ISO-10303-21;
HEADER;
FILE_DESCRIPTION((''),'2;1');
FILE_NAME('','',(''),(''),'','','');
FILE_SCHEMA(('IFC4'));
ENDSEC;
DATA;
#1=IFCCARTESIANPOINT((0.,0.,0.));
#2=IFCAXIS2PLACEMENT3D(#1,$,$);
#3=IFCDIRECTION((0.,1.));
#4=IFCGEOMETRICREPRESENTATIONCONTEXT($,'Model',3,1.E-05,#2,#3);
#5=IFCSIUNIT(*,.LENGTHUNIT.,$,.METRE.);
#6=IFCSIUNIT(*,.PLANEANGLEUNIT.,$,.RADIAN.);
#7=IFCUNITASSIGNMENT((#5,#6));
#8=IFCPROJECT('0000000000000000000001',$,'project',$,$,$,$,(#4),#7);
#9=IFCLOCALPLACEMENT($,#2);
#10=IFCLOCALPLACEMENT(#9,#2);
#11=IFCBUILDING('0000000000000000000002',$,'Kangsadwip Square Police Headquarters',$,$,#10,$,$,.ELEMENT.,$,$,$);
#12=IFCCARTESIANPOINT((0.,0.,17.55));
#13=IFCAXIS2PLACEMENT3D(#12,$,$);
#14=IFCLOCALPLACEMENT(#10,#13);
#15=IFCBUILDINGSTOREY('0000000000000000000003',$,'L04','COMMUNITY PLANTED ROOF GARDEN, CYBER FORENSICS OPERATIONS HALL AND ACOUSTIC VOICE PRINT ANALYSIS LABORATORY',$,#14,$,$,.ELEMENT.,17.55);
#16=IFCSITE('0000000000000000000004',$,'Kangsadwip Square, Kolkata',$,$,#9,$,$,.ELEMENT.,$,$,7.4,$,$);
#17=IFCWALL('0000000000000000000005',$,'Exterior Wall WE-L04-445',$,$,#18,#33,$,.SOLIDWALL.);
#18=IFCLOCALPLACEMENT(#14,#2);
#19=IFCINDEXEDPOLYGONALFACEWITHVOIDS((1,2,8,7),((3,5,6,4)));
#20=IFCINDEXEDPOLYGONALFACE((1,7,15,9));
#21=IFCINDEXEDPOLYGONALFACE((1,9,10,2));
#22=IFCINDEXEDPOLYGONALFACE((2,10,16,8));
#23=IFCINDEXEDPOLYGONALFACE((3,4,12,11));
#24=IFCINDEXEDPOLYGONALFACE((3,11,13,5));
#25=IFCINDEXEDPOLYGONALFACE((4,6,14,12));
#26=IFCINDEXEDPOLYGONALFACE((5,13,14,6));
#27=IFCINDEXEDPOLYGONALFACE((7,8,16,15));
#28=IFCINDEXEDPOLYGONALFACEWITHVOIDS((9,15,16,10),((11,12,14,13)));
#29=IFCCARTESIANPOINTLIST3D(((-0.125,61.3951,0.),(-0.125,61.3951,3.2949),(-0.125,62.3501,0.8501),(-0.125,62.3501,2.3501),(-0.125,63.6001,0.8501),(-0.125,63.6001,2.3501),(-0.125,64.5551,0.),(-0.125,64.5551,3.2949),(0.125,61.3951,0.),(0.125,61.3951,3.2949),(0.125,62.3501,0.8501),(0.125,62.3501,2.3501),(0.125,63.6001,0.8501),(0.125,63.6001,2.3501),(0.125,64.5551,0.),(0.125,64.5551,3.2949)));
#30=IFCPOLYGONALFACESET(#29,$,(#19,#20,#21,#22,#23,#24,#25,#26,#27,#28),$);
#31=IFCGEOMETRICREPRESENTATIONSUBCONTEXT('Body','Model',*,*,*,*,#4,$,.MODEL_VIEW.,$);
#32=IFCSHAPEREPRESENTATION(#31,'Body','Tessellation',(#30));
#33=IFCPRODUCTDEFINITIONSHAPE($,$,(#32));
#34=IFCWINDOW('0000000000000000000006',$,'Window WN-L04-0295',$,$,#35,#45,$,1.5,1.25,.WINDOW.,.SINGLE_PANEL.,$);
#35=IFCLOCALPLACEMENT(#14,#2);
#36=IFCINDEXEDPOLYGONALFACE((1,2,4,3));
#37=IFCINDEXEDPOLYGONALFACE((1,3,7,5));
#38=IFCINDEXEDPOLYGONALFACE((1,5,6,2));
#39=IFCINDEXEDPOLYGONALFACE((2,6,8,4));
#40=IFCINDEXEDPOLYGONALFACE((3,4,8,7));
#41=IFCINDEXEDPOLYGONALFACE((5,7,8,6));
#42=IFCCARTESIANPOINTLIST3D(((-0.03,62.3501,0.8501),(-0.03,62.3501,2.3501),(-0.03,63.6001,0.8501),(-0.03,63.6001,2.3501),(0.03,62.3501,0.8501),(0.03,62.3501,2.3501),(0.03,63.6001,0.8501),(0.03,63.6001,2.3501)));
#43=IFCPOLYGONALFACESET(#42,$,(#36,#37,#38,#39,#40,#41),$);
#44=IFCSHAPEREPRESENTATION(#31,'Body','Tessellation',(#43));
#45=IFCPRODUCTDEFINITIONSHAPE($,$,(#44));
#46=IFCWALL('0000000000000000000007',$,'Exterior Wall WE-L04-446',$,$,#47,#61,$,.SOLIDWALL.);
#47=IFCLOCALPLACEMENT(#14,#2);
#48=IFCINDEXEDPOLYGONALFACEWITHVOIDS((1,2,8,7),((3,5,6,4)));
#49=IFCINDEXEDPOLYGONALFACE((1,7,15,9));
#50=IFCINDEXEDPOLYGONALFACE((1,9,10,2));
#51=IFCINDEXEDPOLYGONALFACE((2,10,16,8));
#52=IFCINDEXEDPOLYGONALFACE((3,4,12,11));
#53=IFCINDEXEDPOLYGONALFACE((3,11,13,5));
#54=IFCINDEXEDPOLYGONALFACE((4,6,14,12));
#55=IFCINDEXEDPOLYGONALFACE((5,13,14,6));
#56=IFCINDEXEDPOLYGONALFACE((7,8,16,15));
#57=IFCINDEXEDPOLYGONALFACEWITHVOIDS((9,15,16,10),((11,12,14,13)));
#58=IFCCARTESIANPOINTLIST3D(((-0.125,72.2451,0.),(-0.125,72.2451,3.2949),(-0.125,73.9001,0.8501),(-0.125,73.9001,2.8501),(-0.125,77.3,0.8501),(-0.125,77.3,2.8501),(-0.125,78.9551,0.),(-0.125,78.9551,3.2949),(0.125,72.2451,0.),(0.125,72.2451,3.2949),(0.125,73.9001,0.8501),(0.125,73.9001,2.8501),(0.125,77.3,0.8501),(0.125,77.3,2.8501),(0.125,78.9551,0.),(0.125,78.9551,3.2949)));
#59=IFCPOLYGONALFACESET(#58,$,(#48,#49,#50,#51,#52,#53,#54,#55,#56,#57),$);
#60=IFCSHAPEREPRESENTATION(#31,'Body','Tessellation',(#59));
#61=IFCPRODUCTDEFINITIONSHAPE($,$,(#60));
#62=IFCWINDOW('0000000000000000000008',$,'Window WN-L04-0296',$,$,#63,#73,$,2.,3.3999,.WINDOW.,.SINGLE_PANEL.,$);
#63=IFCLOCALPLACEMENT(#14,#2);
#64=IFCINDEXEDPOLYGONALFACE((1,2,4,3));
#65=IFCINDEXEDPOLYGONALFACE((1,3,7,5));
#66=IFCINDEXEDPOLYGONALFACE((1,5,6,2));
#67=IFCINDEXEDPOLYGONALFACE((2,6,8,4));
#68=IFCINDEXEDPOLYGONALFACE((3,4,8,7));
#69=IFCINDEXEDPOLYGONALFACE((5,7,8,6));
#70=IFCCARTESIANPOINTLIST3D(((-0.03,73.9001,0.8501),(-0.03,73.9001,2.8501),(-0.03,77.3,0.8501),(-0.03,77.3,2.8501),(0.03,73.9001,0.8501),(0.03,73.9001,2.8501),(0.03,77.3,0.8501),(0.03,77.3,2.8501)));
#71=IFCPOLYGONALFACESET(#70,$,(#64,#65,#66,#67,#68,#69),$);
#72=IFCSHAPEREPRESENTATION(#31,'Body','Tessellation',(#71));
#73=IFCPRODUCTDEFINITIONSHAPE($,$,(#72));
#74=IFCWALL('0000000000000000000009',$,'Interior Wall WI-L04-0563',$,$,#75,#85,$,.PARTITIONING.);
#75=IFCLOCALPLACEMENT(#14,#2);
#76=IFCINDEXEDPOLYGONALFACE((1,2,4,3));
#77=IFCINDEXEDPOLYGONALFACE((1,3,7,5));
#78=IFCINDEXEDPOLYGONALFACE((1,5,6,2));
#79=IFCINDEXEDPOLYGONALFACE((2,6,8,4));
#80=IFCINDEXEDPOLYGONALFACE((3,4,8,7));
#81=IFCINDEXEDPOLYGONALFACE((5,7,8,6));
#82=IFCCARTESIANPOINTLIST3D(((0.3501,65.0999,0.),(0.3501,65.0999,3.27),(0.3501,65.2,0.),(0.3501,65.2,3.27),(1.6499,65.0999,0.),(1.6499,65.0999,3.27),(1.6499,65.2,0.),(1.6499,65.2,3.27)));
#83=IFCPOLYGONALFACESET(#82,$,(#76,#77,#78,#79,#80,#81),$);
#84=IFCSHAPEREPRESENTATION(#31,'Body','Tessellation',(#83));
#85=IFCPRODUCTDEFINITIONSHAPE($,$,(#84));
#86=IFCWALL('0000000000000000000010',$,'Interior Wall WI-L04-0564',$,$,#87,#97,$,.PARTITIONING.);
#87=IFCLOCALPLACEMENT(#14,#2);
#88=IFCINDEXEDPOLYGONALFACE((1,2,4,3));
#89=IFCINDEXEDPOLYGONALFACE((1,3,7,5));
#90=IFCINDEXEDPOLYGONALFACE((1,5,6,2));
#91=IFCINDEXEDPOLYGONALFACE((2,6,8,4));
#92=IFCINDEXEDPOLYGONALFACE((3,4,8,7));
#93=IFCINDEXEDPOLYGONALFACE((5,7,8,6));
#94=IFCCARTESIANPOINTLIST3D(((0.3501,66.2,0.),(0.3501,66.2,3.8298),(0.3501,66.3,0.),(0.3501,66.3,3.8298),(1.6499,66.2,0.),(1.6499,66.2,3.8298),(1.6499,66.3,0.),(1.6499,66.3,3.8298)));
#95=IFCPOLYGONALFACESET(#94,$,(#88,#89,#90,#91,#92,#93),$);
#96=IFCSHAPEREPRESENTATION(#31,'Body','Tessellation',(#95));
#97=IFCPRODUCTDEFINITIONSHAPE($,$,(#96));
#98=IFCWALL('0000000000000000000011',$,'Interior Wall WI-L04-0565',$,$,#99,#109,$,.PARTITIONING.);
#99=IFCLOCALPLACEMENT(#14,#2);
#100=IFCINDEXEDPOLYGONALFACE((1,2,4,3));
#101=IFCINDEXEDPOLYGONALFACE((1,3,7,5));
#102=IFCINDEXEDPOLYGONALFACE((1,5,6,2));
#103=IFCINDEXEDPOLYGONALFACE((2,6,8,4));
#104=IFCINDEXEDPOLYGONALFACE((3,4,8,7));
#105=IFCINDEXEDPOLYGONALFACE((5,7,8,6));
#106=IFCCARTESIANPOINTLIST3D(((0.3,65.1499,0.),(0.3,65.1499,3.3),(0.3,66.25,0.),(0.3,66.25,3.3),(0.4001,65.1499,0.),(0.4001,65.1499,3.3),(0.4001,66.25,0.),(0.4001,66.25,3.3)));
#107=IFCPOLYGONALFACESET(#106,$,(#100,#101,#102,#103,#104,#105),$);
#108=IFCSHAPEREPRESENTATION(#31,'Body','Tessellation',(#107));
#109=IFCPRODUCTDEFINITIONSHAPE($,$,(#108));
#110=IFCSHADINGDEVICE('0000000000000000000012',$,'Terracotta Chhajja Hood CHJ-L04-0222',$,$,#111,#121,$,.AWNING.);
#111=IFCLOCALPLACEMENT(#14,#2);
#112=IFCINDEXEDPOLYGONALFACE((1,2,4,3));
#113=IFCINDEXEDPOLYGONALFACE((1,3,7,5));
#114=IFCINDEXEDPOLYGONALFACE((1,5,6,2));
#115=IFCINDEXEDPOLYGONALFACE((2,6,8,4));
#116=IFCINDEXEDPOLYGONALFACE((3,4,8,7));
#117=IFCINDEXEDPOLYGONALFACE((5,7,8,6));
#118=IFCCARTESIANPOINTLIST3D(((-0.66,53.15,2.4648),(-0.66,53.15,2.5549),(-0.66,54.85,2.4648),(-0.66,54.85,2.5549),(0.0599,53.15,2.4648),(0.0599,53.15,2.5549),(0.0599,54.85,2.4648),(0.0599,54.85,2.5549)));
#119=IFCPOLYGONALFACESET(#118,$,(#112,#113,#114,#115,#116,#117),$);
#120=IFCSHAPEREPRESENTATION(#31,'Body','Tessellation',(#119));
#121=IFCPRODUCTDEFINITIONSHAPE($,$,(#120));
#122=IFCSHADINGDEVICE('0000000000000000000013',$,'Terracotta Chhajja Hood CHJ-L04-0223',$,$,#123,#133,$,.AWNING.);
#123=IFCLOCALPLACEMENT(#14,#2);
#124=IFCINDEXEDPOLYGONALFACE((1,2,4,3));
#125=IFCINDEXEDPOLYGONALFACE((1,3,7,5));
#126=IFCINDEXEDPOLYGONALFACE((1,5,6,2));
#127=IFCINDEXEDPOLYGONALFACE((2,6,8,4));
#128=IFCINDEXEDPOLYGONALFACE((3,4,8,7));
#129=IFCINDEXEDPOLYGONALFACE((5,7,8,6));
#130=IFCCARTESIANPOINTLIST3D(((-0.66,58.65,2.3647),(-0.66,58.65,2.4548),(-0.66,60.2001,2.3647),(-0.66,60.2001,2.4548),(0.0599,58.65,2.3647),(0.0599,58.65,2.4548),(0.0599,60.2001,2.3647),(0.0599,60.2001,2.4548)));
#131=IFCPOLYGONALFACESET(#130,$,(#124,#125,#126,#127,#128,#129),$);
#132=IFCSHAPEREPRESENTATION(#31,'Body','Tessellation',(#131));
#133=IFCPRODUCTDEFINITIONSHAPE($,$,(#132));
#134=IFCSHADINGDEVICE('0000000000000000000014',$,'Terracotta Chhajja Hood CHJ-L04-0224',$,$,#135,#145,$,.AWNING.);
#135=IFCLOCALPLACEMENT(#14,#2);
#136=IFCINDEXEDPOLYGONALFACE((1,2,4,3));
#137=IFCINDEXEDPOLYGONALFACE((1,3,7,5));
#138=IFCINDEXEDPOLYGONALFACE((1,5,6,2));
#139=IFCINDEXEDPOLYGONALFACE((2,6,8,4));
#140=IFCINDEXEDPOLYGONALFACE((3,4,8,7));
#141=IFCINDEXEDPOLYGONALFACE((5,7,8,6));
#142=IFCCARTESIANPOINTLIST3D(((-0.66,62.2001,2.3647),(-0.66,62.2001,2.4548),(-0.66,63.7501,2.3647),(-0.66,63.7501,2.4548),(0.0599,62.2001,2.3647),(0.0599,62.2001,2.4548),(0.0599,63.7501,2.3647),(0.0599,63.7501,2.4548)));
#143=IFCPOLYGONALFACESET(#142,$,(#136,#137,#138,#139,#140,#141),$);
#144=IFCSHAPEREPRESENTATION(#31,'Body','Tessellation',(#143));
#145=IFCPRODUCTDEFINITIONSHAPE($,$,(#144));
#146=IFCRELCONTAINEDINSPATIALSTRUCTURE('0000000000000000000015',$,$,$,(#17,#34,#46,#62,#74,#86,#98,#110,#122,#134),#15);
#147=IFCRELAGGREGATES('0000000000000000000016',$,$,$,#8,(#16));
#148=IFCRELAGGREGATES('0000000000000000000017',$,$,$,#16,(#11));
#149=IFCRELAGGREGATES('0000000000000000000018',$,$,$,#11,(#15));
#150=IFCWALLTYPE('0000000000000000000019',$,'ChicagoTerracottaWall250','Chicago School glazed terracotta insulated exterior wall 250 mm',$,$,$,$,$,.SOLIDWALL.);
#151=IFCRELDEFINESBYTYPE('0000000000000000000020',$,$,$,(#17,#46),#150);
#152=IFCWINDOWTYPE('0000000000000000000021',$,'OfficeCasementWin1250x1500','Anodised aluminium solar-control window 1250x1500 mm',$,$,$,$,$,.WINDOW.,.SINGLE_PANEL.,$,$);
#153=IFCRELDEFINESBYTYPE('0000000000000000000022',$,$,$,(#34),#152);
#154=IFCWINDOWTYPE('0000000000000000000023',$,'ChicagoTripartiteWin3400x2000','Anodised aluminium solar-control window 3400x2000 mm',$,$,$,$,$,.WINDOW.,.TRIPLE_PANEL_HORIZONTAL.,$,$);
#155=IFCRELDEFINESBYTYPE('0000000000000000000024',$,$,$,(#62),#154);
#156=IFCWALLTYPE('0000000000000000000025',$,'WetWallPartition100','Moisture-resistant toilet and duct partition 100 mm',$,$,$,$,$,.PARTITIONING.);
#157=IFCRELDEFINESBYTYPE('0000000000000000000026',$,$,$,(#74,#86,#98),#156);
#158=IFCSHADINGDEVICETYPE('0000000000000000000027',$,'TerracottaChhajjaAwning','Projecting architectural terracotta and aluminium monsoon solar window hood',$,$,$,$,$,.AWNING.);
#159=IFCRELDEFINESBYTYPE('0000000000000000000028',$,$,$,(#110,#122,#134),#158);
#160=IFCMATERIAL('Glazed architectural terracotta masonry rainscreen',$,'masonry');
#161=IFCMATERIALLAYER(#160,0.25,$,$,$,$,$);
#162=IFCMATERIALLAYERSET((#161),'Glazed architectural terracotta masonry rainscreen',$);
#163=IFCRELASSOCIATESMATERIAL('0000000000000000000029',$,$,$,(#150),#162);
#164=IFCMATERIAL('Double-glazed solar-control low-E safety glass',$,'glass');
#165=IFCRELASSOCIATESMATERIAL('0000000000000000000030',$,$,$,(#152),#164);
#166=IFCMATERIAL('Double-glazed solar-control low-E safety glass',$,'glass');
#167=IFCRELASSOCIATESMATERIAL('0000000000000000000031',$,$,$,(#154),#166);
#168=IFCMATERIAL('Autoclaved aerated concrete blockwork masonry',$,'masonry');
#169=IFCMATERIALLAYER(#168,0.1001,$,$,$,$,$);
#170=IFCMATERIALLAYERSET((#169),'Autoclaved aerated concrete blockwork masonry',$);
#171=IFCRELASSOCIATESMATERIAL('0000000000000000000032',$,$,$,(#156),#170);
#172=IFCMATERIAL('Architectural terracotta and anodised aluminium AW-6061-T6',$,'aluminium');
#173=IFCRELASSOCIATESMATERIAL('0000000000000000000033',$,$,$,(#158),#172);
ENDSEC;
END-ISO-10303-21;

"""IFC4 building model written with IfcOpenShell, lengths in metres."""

from ifc_helpers import new_model, si_unit, direction, frame, frame_2d, origin, origin_2d, place, context, subcontext, project, spatial, rectangle, extrude, material, layer, layer_set, type_object, element, fill, save


model = new_model("IFC4")

# Units and contexts
model_context = context("Model", 3, precision=1e-05, world=origin(), true_north=direction((0.0, 1.0)))
body_context = subcontext(model_context, "Body", "Model", "MODEL_VIEW")
ifc_project = project(units=[si_unit("LENGTHUNIT", "METRE"), si_unit("PLANEANGLEUNIT", "RADIAN")], contexts=[model_context])

# Site, building, storey
site_placement = place(None, origin())
site = spatial("IfcSite", under=ifc_project, at=site_placement, Name="Kangsadwip Square, Kolkata", CompositionType="ELEMENT", RefElevation=7.4)
building_placement = place(site_placement, origin())
building = spatial("IfcBuilding", under=site, at=building_placement, Name="Kangsadwip Square Police Headquarters", CompositionType="ELEMENT")
storey_placement = place(building_placement, frame((0.0, 0.0, 17.55)))
storey = spatial("IfcBuildingStorey", under=building, at=storey_placement, Name="L04", Description="COMMUNITY PLANTED ROOF GARDEN, CYBER FORENSICS OPERATIONS HALL AND ACOUSTIC VOICE PRINT ANALYSIS LABORATORY", CompositionType="ELEMENT", Elevation=17.55)

# Walls, openings, windows
ifc_material_1 = material(Name="Glazed architectural terracotta masonry rainscreen", Category="masonry")
ifc_layer_1 = layer(ifc_material_1, 0.25)
ifc_layer_set_1 = layer_set([ifc_layer_1], Name="Glazed architectural terracotta masonry rainscreen")
wall_type_1 = type_object("IfcWallType", Name="ChicagoTerracottaWall250", Description="Chicago School glazed terracotta insulated exterior wall 250 mm", PredefinedType="SOLIDWALL", material=ifc_layer_set_1)
ifc_material_2 = material(Name="Double-glazed solar-control low-E safety glass", Category="glass")
window_type_1 = type_object("IfcWindowType", Name="OfficeCasementWin1250x1500", Description="Anodised aluminium solar-control window 1250x1500 mm", PartitioningType="SINGLE_PANEL", PredefinedType="WINDOW", material=ifc_material_2)
wall_1_placement = place(storey_placement, frame((0.0, 61.395, 0.0), z_axis=(0.0, 0.0, 1.0), x_axis=(0.0, 1.0, 0.0)))
wall_1 = element("IfcWall", 1, at=wall_1_placement, inside=storey, type_object=wall_type_1, Name="Exterior Wall WE-L04-445", PredefinedType="SOLIDWALL", context=body_context, shape_type="SweptSolid", body=[
    extrude(rectangle(XDim=3.1599, YDim=0.25, at=frame_2d((1.5801, 0.0))), origin(), (0.0, 0.0, 1.0), 3.2949),
])
opening_1_placement = place(wall_1_placement, frame((0.9551, 0.0, 0.8501)))
opening_1 = element("IfcOpeningElement", 2, at=opening_1_placement, cuts=wall_1, PredefinedType="OPENING", context=body_context, shape_type="SweptSolid", body=[
    extrude(rectangle(XDim=1.25, YDim=1.5, at=frame_2d((0.625, 0.75))), frame((0.0, 0.135, 0.0), z_axis=(0.0, -1.0, 0.0), x_axis=(1.0, 0.0, 0.0)), (0.0, 0.0, 1.0), 0.27),
])
window_1_placement = place(opening_1_placement, origin())
window_1 = element("IfcWindow", 3, at=window_1_placement, inside=storey, type_object=window_type_1, Name="Window WN-L04-0295", OverallHeight=1.5, OverallWidth=1.25, PartitioningType="SINGLE_PANEL", PredefinedType="WINDOW", context=body_context, shape_type="SweptSolid", body=[
    extrude(rectangle(XDim=1.25, YDim=1.5, at=frame_2d((0.625, 0.75))), frame((0.0, 0.03, 0.0), z_axis=(0.0, -1.0, 0.0), x_axis=(1.0, 0.0, 0.0)), (0.0, 0.0, 1.0), 0.0601),
])
fill(opening_1, window_1)
wall_2_placement = place(storey_placement, frame((0.0, 72.2451, 0.0), z_axis=(0.0, 0.0, 1.0), x_axis=(0.0, 1.0, 0.0)))
wall_2 = element("IfcWall", 4, at=wall_2_placement, inside=storey, type_object=wall_type_1, Name="Exterior Wall WE-L04-446", PredefinedType="SOLIDWALL", context=body_context, shape_type="SweptSolid", body=[
    extrude(rectangle(XDim=6.71, YDim=0.25, at=frame_2d((3.355, 0.0))), origin(), (0.0, 0.0, 1.0), 3.2949),
])
opening_2_placement = place(wall_2_placement, frame((1.655, 0.0, 0.8501)))
opening_2 = element("IfcOpeningElement", 5, at=opening_2_placement, cuts=wall_2, PredefinedType="OPENING", context=body_context, shape_type="SweptSolid", body=[
    extrude(rectangle(XDim=3.3999, YDim=2.0, at=frame_2d((1.7, 1.0))), frame((0.0, 0.135, 0.0), z_axis=(0.0, -1.0, 0.0), x_axis=(1.0, 0.0, 0.0)), (0.0, 0.0, 1.0), 0.27),
])
ifc_material_3 = material(Name="Double-glazed solar-control low-E safety glass", Category="glass")
window_type_2 = type_object("IfcWindowType", Name="ChicagoTripartiteWin3400x2000", Description="Anodised aluminium solar-control window 3400x2000 mm", PartitioningType="TRIPLE_PANEL_HORIZONTAL", PredefinedType="WINDOW", material=ifc_material_3)
window_2_placement = place(opening_2_placement, origin())
window_2 = element("IfcWindow", 6, at=window_2_placement, inside=storey, type_object=window_type_2, Name="Window WN-L04-0296", OverallHeight=2.0, OverallWidth=3.3999, PartitioningType="SINGLE_PANEL", PredefinedType="WINDOW", context=body_context, shape_type="SweptSolid", body=[
    extrude(rectangle(XDim=3.3999, YDim=2.0, at=frame_2d((1.7, 1.0))), frame((0.0, 0.03, 0.0), z_axis=(0.0, -1.0, 0.0), x_axis=(1.0, 0.0, 0.0)), (0.0, 0.0, 1.0), 0.0601),
])
fill(opening_2, window_2)

# Walls
ifc_material_4 = material(Name="Autoclaved aerated concrete blockwork masonry", Category="masonry")
ifc_layer_2 = layer(ifc_material_4, 0.1001)
ifc_layer_set_2 = layer_set([ifc_layer_2], Name="Autoclaved aerated concrete blockwork masonry")
wall_type_2 = type_object("IfcWallType", Name="WetWallPartition100", Description="Moisture-resistant toilet and duct partition 100 mm", PredefinedType="PARTITIONING", material=ifc_layer_set_2)
wall_3_placement = place(storey_placement, frame((0.3501, 65.1499, 0.0), z_axis=(0.0, 0.0, 1.0), x_axis=(1.0, 0.0, 0.0)))
element("IfcWall", 7, at=wall_3_placement, inside=storey, type_object=wall_type_2, Name="Interior Wall WI-L04-0563", PredefinedType="PARTITIONING", context=body_context, shape_type="SweptSolid", body=[
    extrude(rectangle(XDim=1.2998, YDim=0.1001, at=frame_2d((0.6499, 0.0))), origin(), (0.0, 0.0, 1.0), 3.27),
])
wall_4_placement = place(storey_placement, frame((0.3501, 66.25, 0.0), z_axis=(0.0, 0.0, 1.0), x_axis=(1.0, 0.0, 0.0)))
element("IfcWall", 8, at=wall_4_placement, inside=storey, type_object=wall_type_2, Name="Interior Wall WI-L04-0564", PredefinedType="PARTITIONING", context=body_context, shape_type="SweptSolid", body=[
    extrude(rectangle(XDim=1.2998, YDim=0.1001, at=frame_2d((0.6499, 0.0))), origin(), (0.0, 0.0, 1.0), 3.8298),
])
wall_5_placement = place(storey_placement, frame((0.3501, 65.1499, 0.0), z_axis=(0.0, 0.0, 1.0), x_axis=(0.0, 1.0, 0.0)))
element("IfcWall", 9, at=wall_5_placement, inside=storey, type_object=wall_type_2, Name="Interior Wall WI-L04-0565", PredefinedType="PARTITIONING", context=body_context, shape_type="SweptSolid", body=[
    extrude(rectangle(XDim=1.1001, YDim=0.1001, at=frame_2d((0.55, 0.0))), origin(), (0.0, 0.0, 1.0), 3.3),
])

# Shading devices
ifc_material_5 = material(Name="Architectural terracotta and anodised aluminium AW-6061-T6", Category="aluminium")
shading_device_type = type_object("IfcShadingDeviceType", Name="TerracottaChhajjaAwning", Description="Projecting architectural terracotta and aluminium monsoon solar window hood", PredefinedType="AWNING", material=ifc_material_5)
shading_device_placement = place(storey_placement, frame((-0.3, 54.0, 2.4648), z_axis=(0.0, 0.0, 1.0), x_axis=(0.0, 1.0, 0.0)))
element("IfcShadingDevice", 10, at=shading_device_placement, inside=storey, type_object=shading_device_type, Name="Terracotta Chhajja Hood CHJ-L04-0222", PredefinedType="AWNING", context=body_context, shape_type="SweptSolid", body=[
    extrude(rectangle(XDim=1.7, YDim=0.72, at=origin_2d()), origin(), (0.0, 0.0, 1.0), 0.0901),
])
for number, where, z_axis, x_axis, name in (
    (11, (-0.3, 59.425, 2.3647), (0.0, 0.0, 1.0), (0.0, 1.0, 0.0), "Terracotta Chhajja Hood CHJ-L04-0223"),
    (12, (-0.3, 62.9751, 2.3647), (0.0, 0.0, 1.0), (0.0, 1.0, 0.0), "Terracotta Chhajja Hood CHJ-L04-0224"),
):
    element("IfcShadingDevice", number, at=place(storey_placement, frame(where, z_axis=z_axis, x_axis=x_axis)), inside=storey, type_object=shading_device_type, Name=name, PredefinedType="AWNING", context=body_context, shape_type="SweptSolid", body=[
        extrude(rectangle(XDim=1.55, YDim=0.72, at=origin_2d()), origin(), (0.0, 0.0, 1.0), 0.0901),
    ])

save(model, "model.ifc")
